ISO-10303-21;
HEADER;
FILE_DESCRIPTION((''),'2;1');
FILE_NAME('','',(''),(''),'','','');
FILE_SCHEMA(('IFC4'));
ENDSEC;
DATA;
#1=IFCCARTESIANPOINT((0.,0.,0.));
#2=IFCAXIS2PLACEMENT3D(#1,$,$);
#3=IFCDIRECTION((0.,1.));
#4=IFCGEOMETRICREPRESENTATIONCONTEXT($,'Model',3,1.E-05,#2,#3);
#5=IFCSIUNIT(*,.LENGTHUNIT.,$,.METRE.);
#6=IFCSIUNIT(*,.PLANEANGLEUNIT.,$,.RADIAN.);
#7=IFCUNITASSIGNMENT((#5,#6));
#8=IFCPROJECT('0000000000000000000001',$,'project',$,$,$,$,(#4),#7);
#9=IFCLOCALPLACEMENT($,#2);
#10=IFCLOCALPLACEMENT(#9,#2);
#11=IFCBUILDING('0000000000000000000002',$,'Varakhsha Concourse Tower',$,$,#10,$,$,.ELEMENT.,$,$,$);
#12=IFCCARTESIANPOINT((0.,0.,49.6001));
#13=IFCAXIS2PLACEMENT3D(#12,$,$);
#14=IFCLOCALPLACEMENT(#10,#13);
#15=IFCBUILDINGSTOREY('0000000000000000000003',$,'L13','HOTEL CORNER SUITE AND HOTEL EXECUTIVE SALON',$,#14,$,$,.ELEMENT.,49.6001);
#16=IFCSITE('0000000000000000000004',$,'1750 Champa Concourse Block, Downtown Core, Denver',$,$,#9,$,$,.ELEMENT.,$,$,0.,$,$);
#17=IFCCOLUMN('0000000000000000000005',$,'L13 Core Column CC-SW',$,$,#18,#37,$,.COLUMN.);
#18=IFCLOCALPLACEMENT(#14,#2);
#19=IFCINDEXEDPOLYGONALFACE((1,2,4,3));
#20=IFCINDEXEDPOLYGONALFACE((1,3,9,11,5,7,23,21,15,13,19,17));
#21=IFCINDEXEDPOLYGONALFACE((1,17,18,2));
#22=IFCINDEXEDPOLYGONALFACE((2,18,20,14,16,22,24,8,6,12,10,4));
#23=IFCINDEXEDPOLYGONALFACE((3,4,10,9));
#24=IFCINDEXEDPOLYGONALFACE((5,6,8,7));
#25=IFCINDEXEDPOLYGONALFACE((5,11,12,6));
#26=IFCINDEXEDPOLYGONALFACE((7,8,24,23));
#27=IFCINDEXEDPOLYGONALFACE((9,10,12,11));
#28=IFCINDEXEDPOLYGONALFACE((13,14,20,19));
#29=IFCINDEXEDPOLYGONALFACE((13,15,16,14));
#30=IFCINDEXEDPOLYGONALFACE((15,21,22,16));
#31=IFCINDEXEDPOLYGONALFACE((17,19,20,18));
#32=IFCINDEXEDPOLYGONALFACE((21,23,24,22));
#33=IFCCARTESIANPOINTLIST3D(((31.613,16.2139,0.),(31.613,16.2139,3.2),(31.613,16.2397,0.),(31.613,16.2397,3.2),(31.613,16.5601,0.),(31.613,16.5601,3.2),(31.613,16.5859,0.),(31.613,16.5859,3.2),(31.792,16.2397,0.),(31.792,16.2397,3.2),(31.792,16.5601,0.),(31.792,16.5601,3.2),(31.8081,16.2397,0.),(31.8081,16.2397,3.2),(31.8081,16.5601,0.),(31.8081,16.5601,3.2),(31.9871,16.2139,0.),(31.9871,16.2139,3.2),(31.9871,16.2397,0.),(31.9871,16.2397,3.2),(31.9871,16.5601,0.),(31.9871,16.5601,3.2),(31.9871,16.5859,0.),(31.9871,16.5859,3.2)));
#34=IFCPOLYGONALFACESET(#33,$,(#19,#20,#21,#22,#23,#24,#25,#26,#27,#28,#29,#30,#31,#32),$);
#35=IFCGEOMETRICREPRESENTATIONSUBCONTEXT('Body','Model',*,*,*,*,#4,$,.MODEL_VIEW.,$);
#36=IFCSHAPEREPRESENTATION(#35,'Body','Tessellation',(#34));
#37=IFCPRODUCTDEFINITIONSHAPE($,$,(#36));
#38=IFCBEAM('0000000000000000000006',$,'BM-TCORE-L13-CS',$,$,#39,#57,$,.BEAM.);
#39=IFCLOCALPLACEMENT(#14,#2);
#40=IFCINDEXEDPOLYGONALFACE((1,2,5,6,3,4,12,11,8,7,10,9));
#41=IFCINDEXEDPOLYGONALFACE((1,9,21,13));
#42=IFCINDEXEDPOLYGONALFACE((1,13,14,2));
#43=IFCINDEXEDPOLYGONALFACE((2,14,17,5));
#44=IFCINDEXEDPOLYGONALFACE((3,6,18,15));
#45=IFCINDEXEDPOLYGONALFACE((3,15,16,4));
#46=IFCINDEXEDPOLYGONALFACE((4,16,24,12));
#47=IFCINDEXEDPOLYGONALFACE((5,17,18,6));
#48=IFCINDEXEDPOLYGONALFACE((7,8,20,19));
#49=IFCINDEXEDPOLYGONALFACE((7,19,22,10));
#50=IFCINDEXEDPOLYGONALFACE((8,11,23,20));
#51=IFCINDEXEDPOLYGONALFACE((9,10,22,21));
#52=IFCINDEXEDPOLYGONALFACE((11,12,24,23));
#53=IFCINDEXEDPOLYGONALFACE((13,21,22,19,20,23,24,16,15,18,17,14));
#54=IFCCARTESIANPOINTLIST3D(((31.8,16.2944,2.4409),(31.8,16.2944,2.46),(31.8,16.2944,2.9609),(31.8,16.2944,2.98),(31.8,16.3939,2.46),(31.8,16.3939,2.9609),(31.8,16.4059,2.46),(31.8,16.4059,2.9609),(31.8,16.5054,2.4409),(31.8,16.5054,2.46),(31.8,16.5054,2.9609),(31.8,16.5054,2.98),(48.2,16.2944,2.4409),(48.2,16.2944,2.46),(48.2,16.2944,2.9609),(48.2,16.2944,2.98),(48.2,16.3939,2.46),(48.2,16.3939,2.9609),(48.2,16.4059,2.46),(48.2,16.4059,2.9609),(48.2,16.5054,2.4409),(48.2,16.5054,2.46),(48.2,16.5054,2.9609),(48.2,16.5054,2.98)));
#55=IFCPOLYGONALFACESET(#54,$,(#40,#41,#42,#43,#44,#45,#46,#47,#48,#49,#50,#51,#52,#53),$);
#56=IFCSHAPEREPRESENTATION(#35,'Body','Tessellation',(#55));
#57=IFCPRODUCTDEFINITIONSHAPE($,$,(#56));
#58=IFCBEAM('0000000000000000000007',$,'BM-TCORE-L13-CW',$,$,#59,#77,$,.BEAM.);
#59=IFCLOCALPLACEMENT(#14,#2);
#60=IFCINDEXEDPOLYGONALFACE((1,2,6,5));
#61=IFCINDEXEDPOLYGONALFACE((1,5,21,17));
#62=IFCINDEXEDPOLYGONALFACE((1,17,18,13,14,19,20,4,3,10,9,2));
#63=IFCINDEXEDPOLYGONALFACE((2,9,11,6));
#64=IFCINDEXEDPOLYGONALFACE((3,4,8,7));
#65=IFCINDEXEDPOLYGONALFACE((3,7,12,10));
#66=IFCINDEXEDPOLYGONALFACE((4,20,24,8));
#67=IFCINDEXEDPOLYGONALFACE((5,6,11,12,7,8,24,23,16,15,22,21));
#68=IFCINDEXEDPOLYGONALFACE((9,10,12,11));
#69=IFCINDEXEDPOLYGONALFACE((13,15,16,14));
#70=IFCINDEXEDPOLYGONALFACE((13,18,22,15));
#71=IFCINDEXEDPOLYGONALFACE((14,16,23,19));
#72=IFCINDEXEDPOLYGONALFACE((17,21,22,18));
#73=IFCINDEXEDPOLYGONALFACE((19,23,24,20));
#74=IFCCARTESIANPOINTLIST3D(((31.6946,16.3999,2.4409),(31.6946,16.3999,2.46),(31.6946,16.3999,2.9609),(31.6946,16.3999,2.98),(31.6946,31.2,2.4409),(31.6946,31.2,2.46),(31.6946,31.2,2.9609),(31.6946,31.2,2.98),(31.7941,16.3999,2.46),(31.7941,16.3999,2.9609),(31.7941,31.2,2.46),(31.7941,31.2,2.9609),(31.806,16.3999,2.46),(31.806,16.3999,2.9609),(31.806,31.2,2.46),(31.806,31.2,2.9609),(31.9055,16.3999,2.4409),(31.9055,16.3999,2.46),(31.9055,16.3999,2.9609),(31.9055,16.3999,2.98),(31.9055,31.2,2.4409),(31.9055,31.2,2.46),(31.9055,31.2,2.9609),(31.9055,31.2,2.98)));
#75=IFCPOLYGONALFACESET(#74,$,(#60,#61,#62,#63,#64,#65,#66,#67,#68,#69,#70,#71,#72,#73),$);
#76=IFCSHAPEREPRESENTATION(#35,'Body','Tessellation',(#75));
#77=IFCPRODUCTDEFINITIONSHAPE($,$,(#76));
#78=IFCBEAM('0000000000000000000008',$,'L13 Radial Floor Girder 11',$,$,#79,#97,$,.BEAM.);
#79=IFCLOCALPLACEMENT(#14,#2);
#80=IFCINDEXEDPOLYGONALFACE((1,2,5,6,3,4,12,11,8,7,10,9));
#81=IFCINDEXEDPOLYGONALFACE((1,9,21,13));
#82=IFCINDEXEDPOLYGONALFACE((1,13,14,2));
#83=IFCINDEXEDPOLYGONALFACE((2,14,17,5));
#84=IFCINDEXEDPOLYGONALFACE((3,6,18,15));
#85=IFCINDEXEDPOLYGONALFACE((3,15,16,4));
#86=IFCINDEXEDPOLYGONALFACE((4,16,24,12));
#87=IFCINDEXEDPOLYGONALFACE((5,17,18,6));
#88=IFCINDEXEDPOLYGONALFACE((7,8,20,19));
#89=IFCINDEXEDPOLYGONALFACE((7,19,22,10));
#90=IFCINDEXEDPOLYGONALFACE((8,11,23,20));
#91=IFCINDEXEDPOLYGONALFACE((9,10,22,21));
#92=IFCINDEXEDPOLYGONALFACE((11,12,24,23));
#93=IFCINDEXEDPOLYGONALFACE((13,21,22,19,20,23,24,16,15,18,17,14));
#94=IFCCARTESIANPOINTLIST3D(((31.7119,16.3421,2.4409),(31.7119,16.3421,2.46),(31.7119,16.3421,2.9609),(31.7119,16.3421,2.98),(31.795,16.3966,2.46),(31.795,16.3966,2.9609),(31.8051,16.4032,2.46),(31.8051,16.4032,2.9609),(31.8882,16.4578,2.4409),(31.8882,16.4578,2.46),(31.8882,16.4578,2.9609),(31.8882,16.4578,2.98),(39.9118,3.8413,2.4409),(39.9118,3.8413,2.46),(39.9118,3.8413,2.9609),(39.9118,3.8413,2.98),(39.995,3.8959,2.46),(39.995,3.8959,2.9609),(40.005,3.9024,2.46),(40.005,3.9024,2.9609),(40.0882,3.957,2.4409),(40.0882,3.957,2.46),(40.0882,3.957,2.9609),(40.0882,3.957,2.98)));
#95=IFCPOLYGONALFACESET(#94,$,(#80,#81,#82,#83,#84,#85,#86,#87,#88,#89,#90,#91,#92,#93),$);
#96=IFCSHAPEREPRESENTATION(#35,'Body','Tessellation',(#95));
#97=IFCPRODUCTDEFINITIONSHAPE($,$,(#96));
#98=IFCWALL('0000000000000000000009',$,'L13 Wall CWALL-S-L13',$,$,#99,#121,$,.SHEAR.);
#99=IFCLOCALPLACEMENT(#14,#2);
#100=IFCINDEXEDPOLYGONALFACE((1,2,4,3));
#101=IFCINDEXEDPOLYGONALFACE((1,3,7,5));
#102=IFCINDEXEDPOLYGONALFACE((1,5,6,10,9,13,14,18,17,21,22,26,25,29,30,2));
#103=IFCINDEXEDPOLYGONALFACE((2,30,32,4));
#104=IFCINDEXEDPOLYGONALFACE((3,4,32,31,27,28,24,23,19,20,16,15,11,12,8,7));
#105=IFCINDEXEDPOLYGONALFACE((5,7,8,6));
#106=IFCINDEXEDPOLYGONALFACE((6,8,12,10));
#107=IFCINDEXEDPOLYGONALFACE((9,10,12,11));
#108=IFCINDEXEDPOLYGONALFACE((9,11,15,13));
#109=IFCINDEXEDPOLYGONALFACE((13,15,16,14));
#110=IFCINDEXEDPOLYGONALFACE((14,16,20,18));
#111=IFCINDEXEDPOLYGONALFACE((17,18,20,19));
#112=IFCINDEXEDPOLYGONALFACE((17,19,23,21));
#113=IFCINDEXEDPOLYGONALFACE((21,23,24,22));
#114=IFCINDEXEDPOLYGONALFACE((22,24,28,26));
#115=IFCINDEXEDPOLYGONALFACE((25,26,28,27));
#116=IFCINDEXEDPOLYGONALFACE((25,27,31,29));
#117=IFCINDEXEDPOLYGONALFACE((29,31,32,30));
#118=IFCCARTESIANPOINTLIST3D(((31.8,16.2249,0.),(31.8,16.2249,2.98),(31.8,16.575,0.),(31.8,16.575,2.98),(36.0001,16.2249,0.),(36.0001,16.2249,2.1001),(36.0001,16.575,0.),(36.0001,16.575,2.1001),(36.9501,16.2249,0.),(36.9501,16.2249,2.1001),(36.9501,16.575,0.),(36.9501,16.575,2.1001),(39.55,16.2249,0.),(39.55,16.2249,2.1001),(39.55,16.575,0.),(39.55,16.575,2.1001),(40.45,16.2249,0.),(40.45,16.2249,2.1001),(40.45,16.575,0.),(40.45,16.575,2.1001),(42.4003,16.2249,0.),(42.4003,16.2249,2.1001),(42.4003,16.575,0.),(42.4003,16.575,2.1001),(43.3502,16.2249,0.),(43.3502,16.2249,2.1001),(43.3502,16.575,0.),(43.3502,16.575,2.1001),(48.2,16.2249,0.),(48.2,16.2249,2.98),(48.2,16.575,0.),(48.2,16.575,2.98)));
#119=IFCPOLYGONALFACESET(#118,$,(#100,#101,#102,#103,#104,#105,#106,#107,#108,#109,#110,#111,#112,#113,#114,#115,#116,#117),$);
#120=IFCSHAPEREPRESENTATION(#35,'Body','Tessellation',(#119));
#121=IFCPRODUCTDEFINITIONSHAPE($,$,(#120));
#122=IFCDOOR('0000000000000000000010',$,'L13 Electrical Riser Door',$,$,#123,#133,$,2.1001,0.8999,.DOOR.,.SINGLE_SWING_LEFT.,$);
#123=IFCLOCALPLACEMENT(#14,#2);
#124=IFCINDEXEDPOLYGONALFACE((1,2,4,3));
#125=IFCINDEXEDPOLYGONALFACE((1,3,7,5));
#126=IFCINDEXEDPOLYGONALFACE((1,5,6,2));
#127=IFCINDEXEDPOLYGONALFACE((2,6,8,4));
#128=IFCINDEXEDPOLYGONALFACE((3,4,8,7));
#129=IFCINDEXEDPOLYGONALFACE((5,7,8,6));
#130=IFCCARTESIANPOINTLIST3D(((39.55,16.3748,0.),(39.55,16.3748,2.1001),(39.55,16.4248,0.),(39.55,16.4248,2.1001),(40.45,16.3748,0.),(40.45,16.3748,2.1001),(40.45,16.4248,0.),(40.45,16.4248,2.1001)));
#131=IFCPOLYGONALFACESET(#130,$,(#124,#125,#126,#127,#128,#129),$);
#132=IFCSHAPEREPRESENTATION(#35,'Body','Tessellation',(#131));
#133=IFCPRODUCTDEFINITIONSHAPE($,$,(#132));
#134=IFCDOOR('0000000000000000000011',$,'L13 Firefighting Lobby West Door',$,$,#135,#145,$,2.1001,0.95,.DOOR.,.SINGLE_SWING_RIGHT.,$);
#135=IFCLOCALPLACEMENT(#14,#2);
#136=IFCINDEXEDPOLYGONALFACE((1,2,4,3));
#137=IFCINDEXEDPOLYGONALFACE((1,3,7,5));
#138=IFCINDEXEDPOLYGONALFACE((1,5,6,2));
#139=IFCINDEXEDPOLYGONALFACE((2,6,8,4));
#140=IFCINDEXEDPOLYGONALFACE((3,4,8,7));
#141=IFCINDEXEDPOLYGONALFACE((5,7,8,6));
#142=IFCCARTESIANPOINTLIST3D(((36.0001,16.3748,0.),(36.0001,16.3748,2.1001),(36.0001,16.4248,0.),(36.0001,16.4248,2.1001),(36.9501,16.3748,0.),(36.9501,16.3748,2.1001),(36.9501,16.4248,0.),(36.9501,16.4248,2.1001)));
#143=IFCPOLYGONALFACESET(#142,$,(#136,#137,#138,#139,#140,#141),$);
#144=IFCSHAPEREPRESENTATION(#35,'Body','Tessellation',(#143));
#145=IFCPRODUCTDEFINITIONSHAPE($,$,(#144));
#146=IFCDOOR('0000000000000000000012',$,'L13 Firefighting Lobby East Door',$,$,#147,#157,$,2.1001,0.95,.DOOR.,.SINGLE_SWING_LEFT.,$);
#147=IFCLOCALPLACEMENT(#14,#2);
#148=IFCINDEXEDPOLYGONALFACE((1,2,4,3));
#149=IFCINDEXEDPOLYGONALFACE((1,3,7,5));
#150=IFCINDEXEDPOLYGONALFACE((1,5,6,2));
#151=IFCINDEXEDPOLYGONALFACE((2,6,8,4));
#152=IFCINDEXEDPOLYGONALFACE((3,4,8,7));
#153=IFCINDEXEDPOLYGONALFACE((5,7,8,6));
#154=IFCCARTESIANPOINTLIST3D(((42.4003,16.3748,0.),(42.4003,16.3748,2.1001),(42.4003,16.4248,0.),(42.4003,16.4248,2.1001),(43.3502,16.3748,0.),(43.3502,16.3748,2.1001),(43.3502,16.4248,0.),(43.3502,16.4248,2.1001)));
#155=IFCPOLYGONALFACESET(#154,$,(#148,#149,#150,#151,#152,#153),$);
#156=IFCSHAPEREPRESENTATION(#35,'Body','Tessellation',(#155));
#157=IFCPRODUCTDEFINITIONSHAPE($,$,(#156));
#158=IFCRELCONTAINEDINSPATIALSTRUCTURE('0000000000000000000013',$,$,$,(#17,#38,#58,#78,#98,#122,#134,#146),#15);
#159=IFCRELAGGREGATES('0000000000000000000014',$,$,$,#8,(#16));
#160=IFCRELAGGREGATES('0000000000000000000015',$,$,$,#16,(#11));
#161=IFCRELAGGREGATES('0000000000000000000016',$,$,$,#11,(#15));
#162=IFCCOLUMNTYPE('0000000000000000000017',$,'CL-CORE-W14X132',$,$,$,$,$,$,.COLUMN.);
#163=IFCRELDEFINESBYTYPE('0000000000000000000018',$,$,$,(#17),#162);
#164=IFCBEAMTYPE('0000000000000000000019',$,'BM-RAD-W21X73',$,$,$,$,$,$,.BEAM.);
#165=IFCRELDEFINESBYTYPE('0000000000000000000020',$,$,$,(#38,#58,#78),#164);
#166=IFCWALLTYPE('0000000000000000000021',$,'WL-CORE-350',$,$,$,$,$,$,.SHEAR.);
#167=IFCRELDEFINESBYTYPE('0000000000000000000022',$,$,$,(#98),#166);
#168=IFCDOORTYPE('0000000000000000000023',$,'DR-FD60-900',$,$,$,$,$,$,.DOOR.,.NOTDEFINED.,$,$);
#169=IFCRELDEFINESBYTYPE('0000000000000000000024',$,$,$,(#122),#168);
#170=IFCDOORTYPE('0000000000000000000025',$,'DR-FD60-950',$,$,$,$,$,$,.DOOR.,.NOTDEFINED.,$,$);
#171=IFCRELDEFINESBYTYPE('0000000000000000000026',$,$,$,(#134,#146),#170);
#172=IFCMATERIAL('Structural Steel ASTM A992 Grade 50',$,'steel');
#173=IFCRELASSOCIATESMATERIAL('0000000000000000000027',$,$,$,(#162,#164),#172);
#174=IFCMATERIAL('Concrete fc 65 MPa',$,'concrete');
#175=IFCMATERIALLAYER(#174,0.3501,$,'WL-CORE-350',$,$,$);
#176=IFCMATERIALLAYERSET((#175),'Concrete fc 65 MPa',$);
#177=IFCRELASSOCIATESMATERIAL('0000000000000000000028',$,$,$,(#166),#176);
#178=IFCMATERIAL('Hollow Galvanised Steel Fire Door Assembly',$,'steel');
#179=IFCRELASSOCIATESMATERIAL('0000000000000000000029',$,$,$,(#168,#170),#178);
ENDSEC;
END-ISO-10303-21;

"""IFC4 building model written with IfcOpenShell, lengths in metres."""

from ifc_helpers import new_model, si_unit, direction, frame, frame_2d, origin, origin_2d, place, context, subcontext, project, spatial, rectangle, i_section, extrude, material, layer, layer_set, material_profile, profile_set, type_object, element, fill, save


model = new_model("IFC4")

# Units and contexts
model_context = context("Model", 3, precision=1e-05, world=origin(), true_north=direction((0.0, 1.0)))
body_context = subcontext(model_context, "Body", "Model", "MODEL_VIEW")
ifc_project = project(units=[si_unit("LENGTHUNIT", "METRE"), si_unit("PLANEANGLEUNIT", "RADIAN")], contexts=[model_context])

# Site, building, storey
site_placement = place(None, origin())
site = spatial("IfcSite", under=ifc_project, at=site_placement, Name="1750 Champa Concourse Block, Downtown Core, Denver", CompositionType="ELEMENT", RefElevation=0.0)
building_placement = place(site_placement, origin())
building = spatial("IfcBuilding", under=site, at=building_placement, Name="Varakhsha Concourse Tower", CompositionType="ELEMENT")
storey_placement = place(building_placement, frame((0.0, 0.0, 49.6001)))
storey = spatial("IfcBuildingStorey", under=building, at=storey_placement, Name="L13", Description="HOTEL CORNER SUITE AND HOTEL EXECUTIVE SALON", CompositionType="ELEMENT", Elevation=49.6001)

# Column
ifc_material_1 = material(Name="Structural Steel ASTM A992 Grade 50", Category="steel")
ifc_material_profile_1 = material_profile(ifc_material_1, i_section(OverallWidth=0.374, OverallDepth=0.3721, WebThickness=0.0161, FlangeThickness=0.0259, at=origin_2d()), Name="W14X132")
ifc_profile_set_1 = profile_set([ifc_material_profile_1], Name="Structural Steel ASTM A992 Grade 50")
column_type = type_object("IfcColumnType", Name="CL-CORE-W14X132", PredefinedType="COLUMN", material=ifc_profile_set_1)
column_placement = place(storey_placement, frame((31.8, 16.3999, 0.0), z_axis=(0.0, 0.0, 1.0), x_axis=(1.0, 0.0, 0.0)))
element("IfcColumn", 1, at=column_placement, inside=storey, type_object=column_type, Name="L13 Core Column CC-SW", PredefinedType="COLUMN", context=body_context, shape_type="SweptSolid", body=[
    extrude(i_section(OverallWidth=0.374, OverallDepth=0.3721, WebThickness=0.0161, FlangeThickness=0.0259, at=origin_2d()), origin(), (0.0, 0.0, 1.0), 3.2),
])

# Beams
ifc_material_profile_2 = material_profile(ifc_material_1, i_section(OverallWidth=0.2109, OverallDepth=0.5391, WebThickness=0.012, FlangeThickness=0.019, at=origin_2d()), Name="W21X73")
ifc_profile_set_2 = profile_set([ifc_material_profile_2], Name="Structural Steel ASTM A992 Grade 50")
beam_type = type_object("IfcBeamType", Name="BM-RAD-W21X73", PredefinedType="BEAM", material=ifc_profile_set_2)
beam_1_placement = place(storey_placement, frame((31.8, 16.3999, 2.7104), z_axis=(1.0, 0.0, 0.0), x_axis=(0.0, 1.0, 0.0)))
element("IfcBeam", 2, at=beam_1_placement, inside=storey, type_object=beam_type, Name="BM-TCORE-L13-CS", PredefinedType="BEAM", context=body_context, shape_type="SweptSolid", body=[
    extrude(i_section(OverallWidth=0.2109, OverallDepth=0.5391, WebThickness=0.012, FlangeThickness=0.019, at=origin_2d()), origin(), (0.0, 0.0, 1.0), 16.3999),
])
beam_2_placement = place(storey_placement, frame((31.8, 16.3999, 2.7104), z_axis=(0.0, 1.0, 0.0), x_axis=(-1.0, 0.0, 0.0)))
element("IfcBeam", 3, at=beam_2_placement, inside=storey, type_object=beam_type, Name="BM-TCORE-L13-CW", PredefinedType="BEAM", context=body_context, shape_type="SweptSolid", body=[
    extrude(i_section(OverallWidth=0.2109, OverallDepth=0.5391, WebThickness=0.012, FlangeThickness=0.019, at=origin_2d()), origin(), (0.0, 0.0, 1.0), 14.8),
])
beam_3_placement = place(storey_placement, frame((31.8, 16.3999, 2.7104), z_axis=(0.548486, -0.83616, 0.0), x_axis=(0.83616, 0.548486, 0.0)))
element("IfcBeam", 4, at=beam_3_placement, inside=storey, type_object=beam_type, Name="L13 Radial Floor Girder 11", PredefinedType="BEAM", context=body_context, shape_type="SweptSolid", body=[
    extrude(i_section(OverallWidth=0.2109, OverallDepth=0.5391, WebThickness=0.012, FlangeThickness=0.019, at=origin_2d()), origin(), (0.0, 0.0, 1.0), 14.9502),
])

# Wall, openings, doors
ifc_material_2 = material(Name="Concrete fc 65 MPa", Category="concrete")
ifc_layer_1 = layer(ifc_material_2, 0.3501, Name="WL-CORE-350")
ifc_layer_set_1 = layer_set([ifc_layer_1], Name="Concrete fc 65 MPa")
wall_type_1 = type_object("IfcWallType", Name="WL-CORE-350", PredefinedType="SHEAR", material=ifc_layer_set_1)
wall_1_placement = place(storey_placement, frame((31.8, 16.3999, 0.0), z_axis=(0.0, 0.0, 1.0), x_axis=(1.0, 0.0, 0.0)))
wall_1 = element("IfcWall", 5, at=wall_1_placement, inside=storey, type_object=wall_type_1, Name="L13 Wall CWALL-S-L13", PredefinedType="SHEAR", context=body_context, shape_type="SweptSolid", body=[
    extrude(rectangle(XDim=16.3999, YDim=0.3501, at=frame_2d((8.2, 0.0))), origin(), (0.0, 0.0, 1.0), 2.98),
])
opening_1_placement = place(wall_1_placement, frame((7.75, 0.0, 0.0)))
opening_1 = element("IfcOpeningElement", 6, at=opening_1_placement, cuts=wall_1, PredefinedType="OPENING", context=body_context, shape_type="SweptSolid", body=[
    extrude(rectangle(XDim=0.8999, YDim=2.1001, at=frame_2d((0.45, 1.05))), frame((0.0, 0.1851, 0.0), z_axis=(0.0, -1.0, 0.0), x_axis=(1.0, 0.0, 0.0)), (0.0, 0.0, 1.0), 0.3701),
])
opening_2_placement = place(wall_1_placement, frame((4.2, 0.0, 0.0)))
opening_2 = element("IfcOpeningElement", 7, at=opening_2_placement, cuts=wall_1, PredefinedType="OPENING", context=body_context, shape_type="SweptSolid", body=[
    extrude(rectangle(XDim=0.95, YDim=2.1001, at=frame_2d((0.4751, 1.05))), frame((0.0, 0.1851, 0.0), z_axis=(0.0, -1.0, 0.0), x_axis=(1.0, 0.0, 0.0)), (0.0, 0.0, 1.0), 0.3701),
])
opening_3_placement = place(wall_1_placement, frame((10.6001, 0.0, 0.0)))
opening_3 = element("IfcOpeningElement", 8, at=opening_3_placement, cuts=wall_1, PredefinedType="OPENING", context=body_context, shape_type="SweptSolid", body=[
    extrude(rectangle(XDim=0.95, YDim=2.1001, at=frame_2d((0.4751, 1.05))), frame((0.0, 0.1851, 0.0), z_axis=(0.0, -1.0, 0.0), x_axis=(1.0, 0.0, 0.0)), (0.0, 0.0, 1.0), 0.3701),
])
ifc_material_3 = material(Name="Hollow Galvanised Steel Fire Door Assembly", Category="steel")
door_type_1 = type_object("IfcDoorType", Name="DR-FD60-900", OperationType="NOTDEFINED", PredefinedType="DOOR", material=ifc_material_3)
door_1_placement = place(opening_1_placement, origin())
door_1 = element("IfcDoor", 9, at=door_1_placement, inside=storey, type_object=door_type_1, Name="L13 Electrical Riser Door", OperationType="SINGLE_SWING_LEFT", OverallHeight=2.1001, OverallWidth=0.8999, PredefinedType="DOOR", context=body_context, shape_type="SweptSolid", body=[
    extrude(rectangle(XDim=0.8999, YDim=2.1001, at=frame_2d((0.45, 1.05))), frame((0.0, 0.0249, 0.0), z_axis=(0.0, -1.0, 0.0), x_axis=(1.0, 0.0, 0.0)), (0.0, 0.0, 1.0), 0.05),
])
fill(opening_1, door_1)
door_type_2 = type_object("IfcDoorType", Name="DR-FD60-950", OperationType="NOTDEFINED", PredefinedType="DOOR", material=ifc_material_3)
door_2_placement = place(opening_2_placement, origin())
door_2 = element("IfcDoor", 10, at=door_2_placement, inside=storey, type_object=door_type_2, Name="L13 Firefighting Lobby West Door", OperationType="SINGLE_SWING_RIGHT", OverallHeight=2.1001, OverallWidth=0.95, PredefinedType="DOOR", context=body_context, shape_type="SweptSolid", body=[
    extrude(rectangle(XDim=0.95, YDim=2.1001, at=frame_2d((0.4751, 1.05))), frame((0.0, 0.0249, 0.0), z_axis=(0.0, -1.0, 0.0), x_axis=(1.0, 0.0, 0.0)), (0.0, 0.0, 1.0), 0.05),
])
fill(opening_2, door_2)
door_3_placement = place(opening_3_placement, origin())
door_3 = element("IfcDoor", 11, at=door_3_placement, inside=storey, type_object=door_type_2, Name="L13 Firefighting Lobby East Door", OperationType="SINGLE_SWING_LEFT", OverallHeight=2.1001, OverallWidth=0.95, PredefinedType="DOOR", context=body_context, shape_type="SweptSolid", body=[
    extrude(rectangle(XDim=0.95, YDim=2.1001, at=frame_2d((0.4751, 1.05))), frame((0.0, 0.0249, 0.0), z_axis=(0.0, -1.0, 0.0), x_axis=(1.0, 0.0, 0.0)), (0.0, 0.0, 1.0), 0.05),
])
fill(opening_3, door_3)

save(model, "model.ifc")
